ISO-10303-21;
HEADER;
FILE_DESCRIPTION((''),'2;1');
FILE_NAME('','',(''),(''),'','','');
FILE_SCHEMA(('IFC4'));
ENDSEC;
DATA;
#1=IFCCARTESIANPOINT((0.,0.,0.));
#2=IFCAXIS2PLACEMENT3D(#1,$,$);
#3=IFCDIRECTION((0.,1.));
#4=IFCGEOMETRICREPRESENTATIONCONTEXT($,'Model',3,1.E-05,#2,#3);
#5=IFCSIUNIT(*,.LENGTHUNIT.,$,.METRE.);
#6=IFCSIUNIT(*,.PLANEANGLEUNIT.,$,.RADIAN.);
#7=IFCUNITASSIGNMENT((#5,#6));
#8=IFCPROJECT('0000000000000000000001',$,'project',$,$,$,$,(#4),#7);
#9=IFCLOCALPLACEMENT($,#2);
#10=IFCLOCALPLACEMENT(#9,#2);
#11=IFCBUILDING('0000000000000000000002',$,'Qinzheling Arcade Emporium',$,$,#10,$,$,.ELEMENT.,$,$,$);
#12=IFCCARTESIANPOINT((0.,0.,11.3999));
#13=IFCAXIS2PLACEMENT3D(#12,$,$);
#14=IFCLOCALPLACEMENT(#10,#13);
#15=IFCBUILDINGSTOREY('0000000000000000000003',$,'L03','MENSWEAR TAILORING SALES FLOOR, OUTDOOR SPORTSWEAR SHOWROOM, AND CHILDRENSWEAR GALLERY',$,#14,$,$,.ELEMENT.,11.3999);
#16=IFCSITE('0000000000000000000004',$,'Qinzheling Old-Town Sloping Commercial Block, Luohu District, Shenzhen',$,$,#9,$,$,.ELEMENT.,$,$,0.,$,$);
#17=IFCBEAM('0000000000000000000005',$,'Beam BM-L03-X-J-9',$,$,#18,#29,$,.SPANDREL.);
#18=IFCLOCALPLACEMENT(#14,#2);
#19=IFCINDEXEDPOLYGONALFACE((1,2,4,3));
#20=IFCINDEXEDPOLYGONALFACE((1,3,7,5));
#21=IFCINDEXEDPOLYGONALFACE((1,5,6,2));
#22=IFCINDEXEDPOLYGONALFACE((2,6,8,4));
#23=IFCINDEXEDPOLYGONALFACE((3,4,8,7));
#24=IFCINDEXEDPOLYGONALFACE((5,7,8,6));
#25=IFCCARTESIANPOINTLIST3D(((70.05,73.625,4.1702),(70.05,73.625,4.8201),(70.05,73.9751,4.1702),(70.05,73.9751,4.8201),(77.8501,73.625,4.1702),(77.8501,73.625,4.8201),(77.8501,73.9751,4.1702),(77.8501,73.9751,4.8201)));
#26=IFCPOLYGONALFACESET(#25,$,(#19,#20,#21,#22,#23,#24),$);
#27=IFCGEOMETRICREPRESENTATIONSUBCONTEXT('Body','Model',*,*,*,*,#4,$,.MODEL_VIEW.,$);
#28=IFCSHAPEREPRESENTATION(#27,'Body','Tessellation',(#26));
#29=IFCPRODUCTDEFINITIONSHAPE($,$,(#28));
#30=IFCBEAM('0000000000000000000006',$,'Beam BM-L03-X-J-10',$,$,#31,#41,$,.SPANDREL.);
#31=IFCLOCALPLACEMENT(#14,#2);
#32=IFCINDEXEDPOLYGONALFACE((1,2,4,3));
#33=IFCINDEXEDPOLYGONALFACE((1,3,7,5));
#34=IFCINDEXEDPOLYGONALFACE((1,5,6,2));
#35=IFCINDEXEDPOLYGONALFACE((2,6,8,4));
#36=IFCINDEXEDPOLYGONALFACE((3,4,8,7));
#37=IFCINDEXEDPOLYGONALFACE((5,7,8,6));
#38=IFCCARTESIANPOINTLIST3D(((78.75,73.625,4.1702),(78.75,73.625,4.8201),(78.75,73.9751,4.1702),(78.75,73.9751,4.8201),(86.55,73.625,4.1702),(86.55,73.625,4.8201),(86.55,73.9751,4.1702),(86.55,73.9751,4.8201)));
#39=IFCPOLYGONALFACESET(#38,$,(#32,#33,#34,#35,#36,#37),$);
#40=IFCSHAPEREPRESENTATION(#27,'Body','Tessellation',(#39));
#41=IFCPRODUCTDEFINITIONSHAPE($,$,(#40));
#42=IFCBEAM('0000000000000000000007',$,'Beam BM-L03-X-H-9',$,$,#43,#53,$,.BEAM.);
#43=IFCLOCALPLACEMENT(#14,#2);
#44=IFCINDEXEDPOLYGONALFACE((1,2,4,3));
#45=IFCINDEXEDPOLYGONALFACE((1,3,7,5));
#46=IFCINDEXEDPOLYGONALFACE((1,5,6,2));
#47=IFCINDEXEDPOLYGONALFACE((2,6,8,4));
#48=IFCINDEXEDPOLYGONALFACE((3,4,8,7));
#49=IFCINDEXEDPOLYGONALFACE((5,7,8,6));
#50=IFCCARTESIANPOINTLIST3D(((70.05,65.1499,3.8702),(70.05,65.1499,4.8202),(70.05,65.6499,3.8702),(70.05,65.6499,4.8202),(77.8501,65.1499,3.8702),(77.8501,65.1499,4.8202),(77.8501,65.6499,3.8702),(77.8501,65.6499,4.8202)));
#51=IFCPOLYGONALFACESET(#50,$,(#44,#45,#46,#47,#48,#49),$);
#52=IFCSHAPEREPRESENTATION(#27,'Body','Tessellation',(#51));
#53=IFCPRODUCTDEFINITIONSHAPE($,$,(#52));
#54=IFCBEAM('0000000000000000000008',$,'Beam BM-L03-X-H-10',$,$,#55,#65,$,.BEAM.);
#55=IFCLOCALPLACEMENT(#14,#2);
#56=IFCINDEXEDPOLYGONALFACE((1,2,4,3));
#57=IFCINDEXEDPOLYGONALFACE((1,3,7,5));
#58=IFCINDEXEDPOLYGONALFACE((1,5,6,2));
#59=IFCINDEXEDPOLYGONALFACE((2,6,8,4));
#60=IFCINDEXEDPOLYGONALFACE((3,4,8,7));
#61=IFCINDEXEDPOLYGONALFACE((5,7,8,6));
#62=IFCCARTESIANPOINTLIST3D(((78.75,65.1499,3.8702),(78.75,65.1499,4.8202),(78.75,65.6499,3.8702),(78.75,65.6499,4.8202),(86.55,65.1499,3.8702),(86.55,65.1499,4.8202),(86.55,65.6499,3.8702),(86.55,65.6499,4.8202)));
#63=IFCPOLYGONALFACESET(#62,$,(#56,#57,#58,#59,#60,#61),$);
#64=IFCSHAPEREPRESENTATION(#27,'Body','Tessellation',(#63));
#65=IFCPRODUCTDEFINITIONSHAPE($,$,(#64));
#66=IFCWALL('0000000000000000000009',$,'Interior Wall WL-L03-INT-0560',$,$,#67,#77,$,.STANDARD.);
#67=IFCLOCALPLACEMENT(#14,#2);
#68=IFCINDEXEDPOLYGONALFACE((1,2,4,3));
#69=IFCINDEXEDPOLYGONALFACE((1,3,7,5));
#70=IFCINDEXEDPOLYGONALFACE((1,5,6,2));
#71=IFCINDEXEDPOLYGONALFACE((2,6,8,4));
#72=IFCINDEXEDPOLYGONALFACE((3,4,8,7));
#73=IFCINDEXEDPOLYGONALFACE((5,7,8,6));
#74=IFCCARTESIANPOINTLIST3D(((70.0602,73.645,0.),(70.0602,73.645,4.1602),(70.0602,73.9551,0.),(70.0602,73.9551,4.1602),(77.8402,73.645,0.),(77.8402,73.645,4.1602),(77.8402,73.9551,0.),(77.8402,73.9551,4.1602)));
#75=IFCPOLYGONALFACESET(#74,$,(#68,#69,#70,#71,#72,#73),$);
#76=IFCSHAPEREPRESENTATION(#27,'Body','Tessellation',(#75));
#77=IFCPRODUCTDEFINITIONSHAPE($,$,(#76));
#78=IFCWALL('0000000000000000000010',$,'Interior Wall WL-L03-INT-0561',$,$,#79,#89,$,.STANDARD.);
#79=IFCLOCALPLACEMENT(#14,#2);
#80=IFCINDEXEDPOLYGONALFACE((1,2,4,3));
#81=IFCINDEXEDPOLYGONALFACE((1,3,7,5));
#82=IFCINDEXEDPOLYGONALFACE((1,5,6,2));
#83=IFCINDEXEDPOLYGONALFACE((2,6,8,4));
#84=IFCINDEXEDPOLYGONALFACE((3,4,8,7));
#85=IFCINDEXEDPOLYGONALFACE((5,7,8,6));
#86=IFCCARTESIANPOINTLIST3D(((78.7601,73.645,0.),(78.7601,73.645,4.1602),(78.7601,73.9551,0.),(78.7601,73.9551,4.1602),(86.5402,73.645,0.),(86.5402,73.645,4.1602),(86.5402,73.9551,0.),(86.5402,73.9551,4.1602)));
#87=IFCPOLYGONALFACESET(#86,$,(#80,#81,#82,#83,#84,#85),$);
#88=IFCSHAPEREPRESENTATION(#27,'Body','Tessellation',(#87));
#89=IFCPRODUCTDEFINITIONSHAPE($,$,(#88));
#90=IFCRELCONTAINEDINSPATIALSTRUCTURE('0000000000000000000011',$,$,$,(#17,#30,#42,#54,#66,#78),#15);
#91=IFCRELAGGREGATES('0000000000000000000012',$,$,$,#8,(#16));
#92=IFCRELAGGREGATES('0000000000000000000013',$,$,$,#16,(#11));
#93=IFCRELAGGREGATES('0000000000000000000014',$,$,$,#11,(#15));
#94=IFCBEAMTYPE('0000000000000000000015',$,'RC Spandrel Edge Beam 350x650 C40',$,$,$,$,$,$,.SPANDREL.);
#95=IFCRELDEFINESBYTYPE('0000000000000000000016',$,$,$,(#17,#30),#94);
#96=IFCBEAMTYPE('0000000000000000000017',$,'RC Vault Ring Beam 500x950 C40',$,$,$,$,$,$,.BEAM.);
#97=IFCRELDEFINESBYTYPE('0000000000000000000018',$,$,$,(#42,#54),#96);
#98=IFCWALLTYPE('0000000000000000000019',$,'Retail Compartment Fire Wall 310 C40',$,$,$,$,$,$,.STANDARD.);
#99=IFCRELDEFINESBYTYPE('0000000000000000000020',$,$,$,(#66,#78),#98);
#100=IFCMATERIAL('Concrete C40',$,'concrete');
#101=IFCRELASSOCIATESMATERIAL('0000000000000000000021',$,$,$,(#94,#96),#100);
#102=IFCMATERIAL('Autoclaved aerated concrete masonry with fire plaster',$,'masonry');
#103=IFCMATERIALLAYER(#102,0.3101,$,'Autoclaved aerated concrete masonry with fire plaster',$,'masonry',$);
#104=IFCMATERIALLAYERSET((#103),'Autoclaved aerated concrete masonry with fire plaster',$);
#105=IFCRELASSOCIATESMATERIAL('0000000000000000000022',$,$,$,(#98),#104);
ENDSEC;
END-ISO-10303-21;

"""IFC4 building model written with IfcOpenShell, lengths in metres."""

from ifc_helpers import new_model, si_unit, direction, frame, frame_2d, origin, origin_2d, place, context, subcontext, project, spatial, rectangle, extrude, material, layer, layer_set, material_profile, profile_set, type_object, element, save


model = new_model("IFC4")

# Units and contexts
model_context = context("Model", 3, precision=1e-05, world=origin(), true_north=direction((0.0, 1.0)))
body_context = subcontext(model_context, "Body", "Model", "MODEL_VIEW")
ifc_project = project(units=[si_unit("LENGTHUNIT", "METRE"), si_unit("PLANEANGLEUNIT", "RADIAN")], contexts=[model_context])

# Site, building, storey
site_placement = place(None, origin())
site = spatial("IfcSite", under=ifc_project, at=site_placement, Name="Qinzheling Old-Town Sloping Commercial Block, Luohu District, Shenzhen", CompositionType="ELEMENT", RefElevation=0.0)
building_placement = place(site_placement, origin())
building = spatial("IfcBuilding", under=site, at=building_placement, Name="Qinzheling Arcade Emporium", CompositionType="ELEMENT")
storey_placement = place(building_placement, frame((0.0, 0.0, 11.3999)))
storey = spatial("IfcBuildingStorey", under=building, at=storey_placement, Name="L03", Description="MENSWEAR TAILORING SALES FLOOR, OUTDOOR SPORTSWEAR SHOWROOM, AND CHILDRENSWEAR GALLERY", CompositionType="ELEMENT", Elevation=11.3999)

# Beams
ifc_material_1 = material(Name="Concrete C40", Category="concrete")
ifc_material_profile_1 = material_profile(ifc_material_1, rectangle(XDim=0.3501, YDim=0.6499, at=origin_2d()), Name="RC 350x650", Category="concrete")
ifc_profile_set_1 = profile_set([ifc_material_profile_1], Name="Concrete C40")
beam_type_1 = type_object("IfcBeamType", Name="RC Spandrel Edge Beam 350x650 C40", PredefinedType="SPANDREL", material=ifc_profile_set_1)
for number, where, z_axis, x_axis, name in (
    (1, (70.05, 73.8, 4.4951), (1.0, 0.0, 0.0), (0.0, 1.0, 0.0), "Beam BM-L03-X-J-9"),
    (2, (78.75, 73.8, 4.4951), (1.0, 0.0, 0.0), (0.0, 1.0, 0.0), "Beam BM-L03-X-J-10"),
):
    element("IfcBeam", number, at=place(storey_placement, frame(where, z_axis=z_axis, x_axis=x_axis)), inside=storey, type_object=beam_type_1, Name=name, PredefinedType="SPANDREL", context=body_context, shape_type="SweptSolid", body=[
        extrude(rectangle(XDim=0.3501, YDim=0.6499, at=origin_2d()), origin(), (0.0, 0.0, 1.0), 7.8),
    ])
ifc_material_profile_2 = material_profile(ifc_material_1, rectangle(XDim=0.5, YDim=0.95, at=origin_2d()), Name="RC 500x950", Category="concrete")
ifc_profile_set_2 = profile_set([ifc_material_profile_2], Name="Concrete C40")
beam_type_2 = type_object("IfcBeamType", Name="RC Vault Ring Beam 500x950 C40", PredefinedType="BEAM", material=ifc_profile_set_2)
for number, where, z_axis, x_axis, name in (
    (3, (70.05, 65.3999, 4.3452), (1.0, 0.0, 0.0), (0.0, 1.0, 0.0), "Beam BM-L03-X-H-9"),
    (4, (78.75, 65.3999, 4.3452), (1.0, 0.0, 0.0), (0.0, 1.0, 0.0), "Beam BM-L03-X-H-10"),
):
    element("IfcBeam", number, at=place(storey_placement, frame(where, z_axis=z_axis, x_axis=x_axis)), inside=storey, type_object=beam_type_2, Name=name, PredefinedType="BEAM", context=body_context, shape_type="SweptSolid", body=[
        extrude(rectangle(XDim=0.5, YDim=0.95, at=origin_2d()), origin(), (0.0, 0.0, 1.0), 7.8),
    ])

# Walls
ifc_material_2 = material(Name="Autoclaved aerated concrete masonry with fire plaster", Category="masonry")
ifc_layer = layer(ifc_material_2, 0.3101, Name="Autoclaved aerated concrete masonry with fire plaster", Category="masonry")
ifc_layer_set = layer_set([ifc_layer], Name="Autoclaved aerated concrete masonry with fire plaster")
wall_type = type_object("IfcWallType", Name="Retail Compartment Fire Wall 310 C40", PredefinedType="STANDARD", material=ifc_layer_set)
for number, where, z_axis, x_axis, name in (
    (5, (70.0601, 73.8, 0.0), (0.0, 0.0, 1.0), (1.0, 0.0, 0.0), "Interior Wall WL-L03-INT-0560"),
    (6, (78.76, 73.8, 0.0), (0.0, 0.0, 1.0), (1.0, 0.0, 0.0), "Interior Wall WL-L03-INT-0561"),
):
    element("IfcWall", number, at=place(storey_placement, frame(where, z_axis=z_axis, x_axis=x_axis)), inside=storey, type_object=wall_type, Name=name, PredefinedType="STANDARD", context=body_context, shape_type="SweptSolid", body=[
        extrude(rectangle(XDim=7.78, YDim=0.3101, at=frame_2d((3.8901, 0.0))), origin(), (0.0, 0.0, 1.0), 4.1602),
    ])

save(model, "model.ifc")
